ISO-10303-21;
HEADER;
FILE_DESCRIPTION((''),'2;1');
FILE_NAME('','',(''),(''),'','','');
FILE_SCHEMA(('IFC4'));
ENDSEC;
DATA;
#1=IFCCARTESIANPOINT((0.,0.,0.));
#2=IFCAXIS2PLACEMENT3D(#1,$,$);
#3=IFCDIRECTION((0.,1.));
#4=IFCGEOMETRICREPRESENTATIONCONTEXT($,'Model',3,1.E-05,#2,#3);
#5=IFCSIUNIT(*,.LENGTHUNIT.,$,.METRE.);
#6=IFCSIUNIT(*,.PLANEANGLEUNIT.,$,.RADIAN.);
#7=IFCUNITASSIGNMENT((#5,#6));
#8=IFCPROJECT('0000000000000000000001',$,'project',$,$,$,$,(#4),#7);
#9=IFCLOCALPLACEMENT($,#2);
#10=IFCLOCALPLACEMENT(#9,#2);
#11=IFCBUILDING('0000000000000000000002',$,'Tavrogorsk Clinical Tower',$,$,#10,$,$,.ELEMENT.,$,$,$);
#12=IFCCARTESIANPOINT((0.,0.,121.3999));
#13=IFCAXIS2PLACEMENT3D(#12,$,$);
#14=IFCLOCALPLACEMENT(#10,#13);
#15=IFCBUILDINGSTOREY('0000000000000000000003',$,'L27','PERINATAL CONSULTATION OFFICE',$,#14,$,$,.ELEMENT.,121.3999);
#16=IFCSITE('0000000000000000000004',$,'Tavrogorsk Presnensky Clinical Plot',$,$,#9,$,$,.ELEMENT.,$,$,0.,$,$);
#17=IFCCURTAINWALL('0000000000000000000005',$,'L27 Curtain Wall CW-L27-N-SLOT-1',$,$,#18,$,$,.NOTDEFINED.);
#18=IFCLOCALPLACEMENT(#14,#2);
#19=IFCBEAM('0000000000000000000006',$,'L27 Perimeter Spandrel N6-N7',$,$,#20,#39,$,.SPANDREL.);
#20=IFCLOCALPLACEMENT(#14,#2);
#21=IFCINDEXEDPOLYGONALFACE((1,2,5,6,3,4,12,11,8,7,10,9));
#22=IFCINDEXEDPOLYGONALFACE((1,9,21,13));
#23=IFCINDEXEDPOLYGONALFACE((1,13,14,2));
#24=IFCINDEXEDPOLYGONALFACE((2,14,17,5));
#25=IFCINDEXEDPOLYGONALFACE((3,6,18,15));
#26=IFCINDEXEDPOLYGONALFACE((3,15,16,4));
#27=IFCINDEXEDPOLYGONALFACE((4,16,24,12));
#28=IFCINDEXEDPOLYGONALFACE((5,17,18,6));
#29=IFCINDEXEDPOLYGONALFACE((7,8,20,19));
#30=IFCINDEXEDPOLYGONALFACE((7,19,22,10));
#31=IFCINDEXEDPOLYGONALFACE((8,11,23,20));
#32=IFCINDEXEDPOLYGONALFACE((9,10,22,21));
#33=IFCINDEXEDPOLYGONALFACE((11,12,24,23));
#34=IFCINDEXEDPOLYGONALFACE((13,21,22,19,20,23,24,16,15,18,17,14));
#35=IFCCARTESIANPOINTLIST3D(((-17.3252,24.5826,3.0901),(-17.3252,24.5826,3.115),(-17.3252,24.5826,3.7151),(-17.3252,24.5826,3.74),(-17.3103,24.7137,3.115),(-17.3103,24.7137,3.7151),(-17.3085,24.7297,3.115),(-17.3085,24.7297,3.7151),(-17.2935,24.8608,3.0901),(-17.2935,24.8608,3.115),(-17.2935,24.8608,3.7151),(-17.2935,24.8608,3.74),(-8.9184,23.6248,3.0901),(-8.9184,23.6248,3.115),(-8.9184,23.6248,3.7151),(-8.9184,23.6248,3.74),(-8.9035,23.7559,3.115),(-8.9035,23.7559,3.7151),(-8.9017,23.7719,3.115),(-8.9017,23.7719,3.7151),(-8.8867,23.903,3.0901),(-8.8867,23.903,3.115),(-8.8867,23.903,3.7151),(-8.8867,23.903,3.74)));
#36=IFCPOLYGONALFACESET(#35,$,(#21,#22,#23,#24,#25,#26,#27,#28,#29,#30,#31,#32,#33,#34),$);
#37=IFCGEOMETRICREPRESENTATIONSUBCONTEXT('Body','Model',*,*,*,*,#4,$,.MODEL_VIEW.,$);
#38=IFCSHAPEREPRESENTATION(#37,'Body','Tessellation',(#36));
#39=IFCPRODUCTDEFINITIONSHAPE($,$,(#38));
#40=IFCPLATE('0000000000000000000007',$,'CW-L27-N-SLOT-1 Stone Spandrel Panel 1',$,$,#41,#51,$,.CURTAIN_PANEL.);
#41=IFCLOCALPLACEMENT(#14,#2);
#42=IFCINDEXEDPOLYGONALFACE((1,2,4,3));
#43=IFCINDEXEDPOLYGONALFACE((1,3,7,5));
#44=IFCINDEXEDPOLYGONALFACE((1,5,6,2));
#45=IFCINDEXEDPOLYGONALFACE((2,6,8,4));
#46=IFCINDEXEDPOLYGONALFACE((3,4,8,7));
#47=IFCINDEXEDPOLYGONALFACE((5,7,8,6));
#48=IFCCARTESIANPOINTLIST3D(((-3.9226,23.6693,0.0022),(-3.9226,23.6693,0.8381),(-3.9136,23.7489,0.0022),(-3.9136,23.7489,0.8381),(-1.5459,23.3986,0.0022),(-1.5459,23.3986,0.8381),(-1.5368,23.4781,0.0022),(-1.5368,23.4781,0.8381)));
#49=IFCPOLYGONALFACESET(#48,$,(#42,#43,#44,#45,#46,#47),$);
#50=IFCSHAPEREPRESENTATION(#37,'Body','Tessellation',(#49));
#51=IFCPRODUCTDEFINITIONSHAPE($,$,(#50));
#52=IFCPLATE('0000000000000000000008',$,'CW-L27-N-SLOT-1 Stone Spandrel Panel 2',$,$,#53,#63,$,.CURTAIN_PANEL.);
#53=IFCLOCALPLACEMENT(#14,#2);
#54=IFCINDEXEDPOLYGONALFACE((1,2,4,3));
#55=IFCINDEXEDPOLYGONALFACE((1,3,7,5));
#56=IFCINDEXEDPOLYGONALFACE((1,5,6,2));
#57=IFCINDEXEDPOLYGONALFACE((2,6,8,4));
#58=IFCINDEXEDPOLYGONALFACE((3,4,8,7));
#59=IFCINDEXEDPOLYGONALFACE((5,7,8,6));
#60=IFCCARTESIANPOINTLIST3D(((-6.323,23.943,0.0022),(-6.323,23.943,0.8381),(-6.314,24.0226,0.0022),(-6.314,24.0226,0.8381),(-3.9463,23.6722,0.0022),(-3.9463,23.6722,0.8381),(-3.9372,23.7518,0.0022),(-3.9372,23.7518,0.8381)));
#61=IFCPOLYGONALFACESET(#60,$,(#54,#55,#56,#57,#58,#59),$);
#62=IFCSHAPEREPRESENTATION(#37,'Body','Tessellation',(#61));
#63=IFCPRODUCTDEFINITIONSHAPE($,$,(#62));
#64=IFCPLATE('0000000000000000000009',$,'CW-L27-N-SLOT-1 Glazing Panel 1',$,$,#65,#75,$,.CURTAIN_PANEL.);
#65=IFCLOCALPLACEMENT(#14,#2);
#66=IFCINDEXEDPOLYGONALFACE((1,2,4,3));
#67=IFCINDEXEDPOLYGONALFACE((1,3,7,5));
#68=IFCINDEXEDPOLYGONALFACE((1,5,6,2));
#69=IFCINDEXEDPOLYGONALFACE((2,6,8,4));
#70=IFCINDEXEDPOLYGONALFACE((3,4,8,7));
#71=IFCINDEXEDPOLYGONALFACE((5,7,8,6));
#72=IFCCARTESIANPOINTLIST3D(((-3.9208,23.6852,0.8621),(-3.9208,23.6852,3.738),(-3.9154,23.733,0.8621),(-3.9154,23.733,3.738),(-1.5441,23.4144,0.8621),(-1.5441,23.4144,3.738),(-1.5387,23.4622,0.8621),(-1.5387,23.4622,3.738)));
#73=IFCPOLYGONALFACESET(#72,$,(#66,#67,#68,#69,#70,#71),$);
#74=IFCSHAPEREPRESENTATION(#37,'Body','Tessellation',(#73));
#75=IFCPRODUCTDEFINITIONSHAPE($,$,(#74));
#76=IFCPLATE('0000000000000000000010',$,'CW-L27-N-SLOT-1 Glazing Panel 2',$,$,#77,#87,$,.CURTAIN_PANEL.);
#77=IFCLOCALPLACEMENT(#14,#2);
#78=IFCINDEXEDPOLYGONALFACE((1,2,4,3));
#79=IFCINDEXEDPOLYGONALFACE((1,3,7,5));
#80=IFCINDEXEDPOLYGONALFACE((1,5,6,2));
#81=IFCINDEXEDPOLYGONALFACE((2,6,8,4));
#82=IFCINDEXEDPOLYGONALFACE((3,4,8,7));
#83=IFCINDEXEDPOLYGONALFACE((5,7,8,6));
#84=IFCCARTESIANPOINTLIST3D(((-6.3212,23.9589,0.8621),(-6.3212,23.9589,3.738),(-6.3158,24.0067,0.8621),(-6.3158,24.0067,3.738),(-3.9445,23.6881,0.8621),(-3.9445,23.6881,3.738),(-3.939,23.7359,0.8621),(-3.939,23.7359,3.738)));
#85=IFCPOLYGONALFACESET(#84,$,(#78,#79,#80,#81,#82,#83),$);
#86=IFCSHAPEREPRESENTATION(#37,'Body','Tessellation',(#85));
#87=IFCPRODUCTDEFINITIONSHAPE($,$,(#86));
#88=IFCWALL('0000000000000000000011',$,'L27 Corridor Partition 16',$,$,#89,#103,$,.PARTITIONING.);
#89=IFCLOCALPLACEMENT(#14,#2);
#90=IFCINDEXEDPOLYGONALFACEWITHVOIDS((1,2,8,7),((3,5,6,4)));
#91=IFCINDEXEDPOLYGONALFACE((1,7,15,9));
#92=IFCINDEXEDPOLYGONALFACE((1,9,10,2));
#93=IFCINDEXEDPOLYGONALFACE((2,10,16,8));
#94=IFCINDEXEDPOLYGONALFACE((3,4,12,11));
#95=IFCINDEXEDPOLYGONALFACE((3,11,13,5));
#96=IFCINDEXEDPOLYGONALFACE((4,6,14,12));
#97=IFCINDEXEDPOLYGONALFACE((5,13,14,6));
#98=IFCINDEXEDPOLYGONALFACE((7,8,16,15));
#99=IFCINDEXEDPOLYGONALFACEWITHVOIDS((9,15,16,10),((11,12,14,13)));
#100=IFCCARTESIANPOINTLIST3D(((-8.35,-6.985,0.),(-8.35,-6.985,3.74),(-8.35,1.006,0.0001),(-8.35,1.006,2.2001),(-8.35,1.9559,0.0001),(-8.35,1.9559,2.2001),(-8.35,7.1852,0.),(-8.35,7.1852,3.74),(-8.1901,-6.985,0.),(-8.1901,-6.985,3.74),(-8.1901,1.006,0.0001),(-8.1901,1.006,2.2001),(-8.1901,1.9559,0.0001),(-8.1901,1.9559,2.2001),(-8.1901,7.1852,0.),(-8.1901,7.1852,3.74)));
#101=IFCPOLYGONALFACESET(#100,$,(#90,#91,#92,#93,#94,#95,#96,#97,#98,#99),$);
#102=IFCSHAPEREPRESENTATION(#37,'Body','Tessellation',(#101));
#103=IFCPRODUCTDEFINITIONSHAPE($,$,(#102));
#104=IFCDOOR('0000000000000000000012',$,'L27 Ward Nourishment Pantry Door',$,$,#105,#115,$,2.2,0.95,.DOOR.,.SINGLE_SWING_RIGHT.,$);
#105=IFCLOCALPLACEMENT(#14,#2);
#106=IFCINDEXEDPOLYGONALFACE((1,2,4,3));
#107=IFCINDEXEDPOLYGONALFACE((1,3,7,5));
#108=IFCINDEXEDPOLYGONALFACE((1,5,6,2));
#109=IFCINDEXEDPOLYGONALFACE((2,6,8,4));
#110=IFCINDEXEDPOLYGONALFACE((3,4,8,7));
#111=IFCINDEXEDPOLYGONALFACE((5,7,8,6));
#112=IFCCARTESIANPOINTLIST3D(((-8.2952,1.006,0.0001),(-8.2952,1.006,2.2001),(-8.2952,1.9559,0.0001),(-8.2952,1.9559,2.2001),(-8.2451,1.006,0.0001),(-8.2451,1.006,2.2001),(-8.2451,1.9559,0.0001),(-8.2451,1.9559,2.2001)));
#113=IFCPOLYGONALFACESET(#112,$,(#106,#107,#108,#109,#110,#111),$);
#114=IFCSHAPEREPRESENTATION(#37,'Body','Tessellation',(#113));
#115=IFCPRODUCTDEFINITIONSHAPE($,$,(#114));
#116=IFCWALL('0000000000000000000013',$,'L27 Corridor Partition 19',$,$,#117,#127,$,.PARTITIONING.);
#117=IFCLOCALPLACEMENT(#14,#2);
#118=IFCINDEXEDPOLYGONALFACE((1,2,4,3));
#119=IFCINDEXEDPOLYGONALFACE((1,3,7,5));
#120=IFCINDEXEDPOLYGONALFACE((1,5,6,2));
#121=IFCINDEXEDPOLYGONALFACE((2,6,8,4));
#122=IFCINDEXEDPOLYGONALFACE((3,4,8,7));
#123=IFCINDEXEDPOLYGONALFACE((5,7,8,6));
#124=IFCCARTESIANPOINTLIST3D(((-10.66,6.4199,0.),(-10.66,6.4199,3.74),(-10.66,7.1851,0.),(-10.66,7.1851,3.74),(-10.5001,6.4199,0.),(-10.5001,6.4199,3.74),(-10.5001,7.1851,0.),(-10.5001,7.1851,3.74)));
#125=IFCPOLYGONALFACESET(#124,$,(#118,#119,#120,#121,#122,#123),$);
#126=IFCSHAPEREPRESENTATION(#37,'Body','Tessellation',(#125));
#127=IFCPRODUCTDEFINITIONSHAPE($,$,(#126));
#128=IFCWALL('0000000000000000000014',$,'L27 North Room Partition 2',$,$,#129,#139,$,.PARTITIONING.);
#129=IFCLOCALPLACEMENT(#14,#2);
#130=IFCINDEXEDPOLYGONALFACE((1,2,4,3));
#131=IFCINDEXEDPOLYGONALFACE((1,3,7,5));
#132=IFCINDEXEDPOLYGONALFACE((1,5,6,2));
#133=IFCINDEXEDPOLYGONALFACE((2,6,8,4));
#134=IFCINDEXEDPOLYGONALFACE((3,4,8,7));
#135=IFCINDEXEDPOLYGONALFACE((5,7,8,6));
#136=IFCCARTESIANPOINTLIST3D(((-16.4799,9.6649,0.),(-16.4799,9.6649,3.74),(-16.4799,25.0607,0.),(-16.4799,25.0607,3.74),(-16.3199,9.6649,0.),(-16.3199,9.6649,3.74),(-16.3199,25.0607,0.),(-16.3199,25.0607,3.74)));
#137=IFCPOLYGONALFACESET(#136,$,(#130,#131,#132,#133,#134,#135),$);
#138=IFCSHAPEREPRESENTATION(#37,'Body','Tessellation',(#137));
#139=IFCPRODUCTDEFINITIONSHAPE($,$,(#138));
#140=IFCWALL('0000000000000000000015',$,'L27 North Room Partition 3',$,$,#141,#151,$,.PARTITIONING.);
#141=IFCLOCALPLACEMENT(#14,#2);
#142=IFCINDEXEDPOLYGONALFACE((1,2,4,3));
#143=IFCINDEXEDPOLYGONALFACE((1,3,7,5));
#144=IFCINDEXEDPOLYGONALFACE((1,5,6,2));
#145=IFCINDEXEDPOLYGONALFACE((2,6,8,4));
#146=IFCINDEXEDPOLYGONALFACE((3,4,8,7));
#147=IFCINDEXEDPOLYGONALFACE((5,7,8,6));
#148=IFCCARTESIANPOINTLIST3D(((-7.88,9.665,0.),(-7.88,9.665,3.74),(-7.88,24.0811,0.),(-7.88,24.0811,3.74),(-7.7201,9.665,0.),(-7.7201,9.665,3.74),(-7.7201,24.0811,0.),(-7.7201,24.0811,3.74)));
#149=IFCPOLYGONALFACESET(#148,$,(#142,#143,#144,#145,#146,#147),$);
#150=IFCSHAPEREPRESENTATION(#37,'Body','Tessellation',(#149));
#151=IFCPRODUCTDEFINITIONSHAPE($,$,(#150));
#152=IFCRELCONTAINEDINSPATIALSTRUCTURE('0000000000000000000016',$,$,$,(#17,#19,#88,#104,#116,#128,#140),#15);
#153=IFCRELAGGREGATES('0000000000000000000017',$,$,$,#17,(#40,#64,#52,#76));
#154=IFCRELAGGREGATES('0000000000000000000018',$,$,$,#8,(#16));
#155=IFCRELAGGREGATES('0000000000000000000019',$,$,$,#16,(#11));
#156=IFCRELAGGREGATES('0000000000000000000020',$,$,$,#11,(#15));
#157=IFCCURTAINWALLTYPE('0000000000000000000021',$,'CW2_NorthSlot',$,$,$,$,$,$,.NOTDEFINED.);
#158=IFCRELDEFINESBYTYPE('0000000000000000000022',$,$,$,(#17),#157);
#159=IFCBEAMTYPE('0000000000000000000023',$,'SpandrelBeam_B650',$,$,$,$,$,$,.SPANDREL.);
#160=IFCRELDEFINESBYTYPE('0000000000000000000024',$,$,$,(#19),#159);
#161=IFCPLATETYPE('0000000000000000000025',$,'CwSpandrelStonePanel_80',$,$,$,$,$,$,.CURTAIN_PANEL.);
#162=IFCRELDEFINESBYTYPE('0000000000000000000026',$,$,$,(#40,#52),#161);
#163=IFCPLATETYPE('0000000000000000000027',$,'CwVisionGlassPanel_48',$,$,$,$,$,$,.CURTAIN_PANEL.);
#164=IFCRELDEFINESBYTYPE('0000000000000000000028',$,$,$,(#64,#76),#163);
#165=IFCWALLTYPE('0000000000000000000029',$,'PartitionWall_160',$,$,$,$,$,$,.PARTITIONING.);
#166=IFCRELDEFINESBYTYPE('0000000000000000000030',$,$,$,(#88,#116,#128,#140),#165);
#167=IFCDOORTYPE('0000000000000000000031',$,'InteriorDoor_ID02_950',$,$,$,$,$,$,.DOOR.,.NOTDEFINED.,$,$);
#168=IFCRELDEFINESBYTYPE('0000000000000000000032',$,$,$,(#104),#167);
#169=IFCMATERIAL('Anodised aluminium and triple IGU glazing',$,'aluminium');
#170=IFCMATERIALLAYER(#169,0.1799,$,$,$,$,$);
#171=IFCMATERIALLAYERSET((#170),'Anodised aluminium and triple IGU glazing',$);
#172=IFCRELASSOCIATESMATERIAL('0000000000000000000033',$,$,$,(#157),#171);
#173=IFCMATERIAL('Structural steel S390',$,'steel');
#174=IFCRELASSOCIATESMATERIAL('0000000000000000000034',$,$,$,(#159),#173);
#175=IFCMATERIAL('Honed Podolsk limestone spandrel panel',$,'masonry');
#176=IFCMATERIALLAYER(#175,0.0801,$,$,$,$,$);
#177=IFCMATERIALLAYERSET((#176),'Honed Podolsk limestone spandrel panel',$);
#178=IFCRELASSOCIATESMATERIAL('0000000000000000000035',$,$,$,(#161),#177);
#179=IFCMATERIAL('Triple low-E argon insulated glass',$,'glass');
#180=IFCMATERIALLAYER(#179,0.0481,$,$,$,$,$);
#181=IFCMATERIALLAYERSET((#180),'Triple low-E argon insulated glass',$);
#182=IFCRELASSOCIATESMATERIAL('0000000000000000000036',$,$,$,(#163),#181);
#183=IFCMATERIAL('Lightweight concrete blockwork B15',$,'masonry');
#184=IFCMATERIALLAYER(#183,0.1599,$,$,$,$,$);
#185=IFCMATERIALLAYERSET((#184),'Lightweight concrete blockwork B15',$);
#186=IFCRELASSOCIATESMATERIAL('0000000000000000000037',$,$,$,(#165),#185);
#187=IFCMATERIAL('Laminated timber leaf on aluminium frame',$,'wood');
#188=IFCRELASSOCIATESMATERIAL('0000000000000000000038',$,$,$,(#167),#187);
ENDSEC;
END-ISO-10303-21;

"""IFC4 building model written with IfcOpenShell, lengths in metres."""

from ifc_helpers import new_model, si_unit, direction, frame, frame_2d, origin, origin_2d, place, context, subcontext, project, spatial, rectangle, i_section, extrude, material, layer, layer_set, material_profile, profile_set, type_object, element, fill, aggregate, save


model = new_model("IFC4")

# Units and contexts
model_context = context("Model", 3, precision=1e-05, world=origin(), true_north=direction((0.0, 1.0)))
body_context = subcontext(model_context, "Body", "Model", "MODEL_VIEW")
ifc_project = project(units=[si_unit("LENGTHUNIT", "METRE"), si_unit("PLANEANGLEUNIT", "RADIAN")], contexts=[model_context])

# Site, building, storey
site_placement = place(None, origin())
site = spatial("IfcSite", under=ifc_project, at=site_placement, Name="Tavrogorsk Presnensky Clinical Plot", CompositionType="ELEMENT", RefElevation=0.0)
building_placement = place(site_placement, origin())
building = spatial("IfcBuilding", under=site, at=building_placement, Name="Tavrogorsk Clinical Tower", CompositionType="ELEMENT")
storey_placement = place(building_placement, frame((0.0, 0.0, 121.3999)))
storey = spatial("IfcBuildingStorey", under=building, at=storey_placement, Name="L27", Description="PERINATAL CONSULTATION OFFICE", CompositionType="ELEMENT", Elevation=121.3999)

# Curtain wall
ifc_material_1 = material(Name="Anodised aluminium and triple IGU glazing", Category="aluminium")
ifc_layer_1 = layer(ifc_material_1, 0.1799)
ifc_layer_set_1 = layer_set([ifc_layer_1], Name="Anodised aluminium and triple IGU glazing")
curtain_wall_type = type_object("IfcCurtainWallType", Name="CW2_NorthSlot", PredefinedType="NOTDEFINED", material=ifc_layer_set_1)
curtain_wall_placement = place(storey_placement, origin())
curtain_wall = element("IfcCurtainWall", 1, at=curtain_wall_placement, inside=storey, type_object=curtain_wall_type, Name="L27 Curtain Wall CW-L27-N-SLOT-1", PredefinedType="NOTDEFINED")

# Beam
ifc_material_2 = material(Name="Structural steel S390", Category="steel")
ifc_material_profile_1 = material_profile(ifc_material_2, i_section(OverallWidth=0.28, OverallDepth=0.6499, WebThickness=0.0161, FlangeThickness=0.0249, at=origin_2d()), Name="B-650x280x16x25")
ifc_profile_set_1 = profile_set([ifc_material_profile_1], Name="Structural steel S390")
beam_type_1 = type_object("IfcBeamType", Name="SpandrelBeam_B650", PredefinedType="SPANDREL", material=ifc_profile_set_1)
beam_1_placement = place(storey_placement, frame((-8.9026, 23.7639, 3.415), z_axis=(-0.993573, 0.113196, 0.0), x_axis=(-0.113196, -0.993573, 0.0)))
element("IfcBeam", 2, at=beam_1_placement, inside=storey, type_object=beam_type_1, Name="L27 Perimeter Spandrel N6-N7", PredefinedType="SPANDREL", context=body_context, shape_type="SweptSolid", body=[
    extrude(i_section(OverallWidth=0.28, OverallDepth=0.6499, WebThickness=0.0161, FlangeThickness=0.0249, at=origin_2d()), origin(), (0.0, 0.0, 1.0), 8.4612),
])

# Plates
ifc_material_3 = material(Name="Honed Podolsk limestone spandrel panel", Category="masonry")
ifc_layer_2 = layer(ifc_material_3, 0.0801)
ifc_layer_set_2 = layer_set([ifc_layer_2], Name="Honed Podolsk limestone spandrel panel")
plate_type_1 = type_object("IfcPlateType", Name="CwSpandrelStonePanel_80", PredefinedType="CURTAIN_PANEL", material=ifc_layer_set_2)
plate_1_placement = place(storey_placement, frame((-2.7297, 23.5737, 0.0022), z_axis=(0.0, 0.0, 1.0), x_axis=(-0.993572, 0.113203, 0.0)))
plate_1 = element("IfcPlate", 3, at=plate_1_placement, type_object=plate_type_1, Name="CW-L27-N-SLOT-1 Stone Spandrel Panel 1", PredefinedType="CURTAIN_PANEL", context=body_context, shape_type="SweptSolid", body=[
    extrude(rectangle(XDim=2.3921, YDim=0.0801, at=origin_2d()), origin(), (0.0, 0.0, 1.0), 0.8359),
])
plate_2_placement = place(storey_placement, frame((-5.1301, 23.8474, 0.0022), z_axis=(0.0, 0.0, 1.0), x_axis=(-0.993572, 0.113203, 0.0)))
plate_2 = element("IfcPlate", 4, at=plate_2_placement, type_object=plate_type_1, Name="CW-L27-N-SLOT-1 Stone Spandrel Panel 2", PredefinedType="CURTAIN_PANEL", context=body_context, shape_type="SweptSolid", body=[
    extrude(rectangle(XDim=2.3921, YDim=0.0801, at=origin_2d()), origin(), (0.0, 0.0, 1.0), 0.8359),
])
ifc_material_4 = material(Name="Triple low-E argon insulated glass", Category="glass")
ifc_layer_3 = layer(ifc_material_4, 0.0481)
ifc_layer_set_3 = layer_set([ifc_layer_3], Name="Triple low-E argon insulated glass")
plate_type_2 = type_object("IfcPlateType", Name="CwVisionGlassPanel_48", PredefinedType="CURTAIN_PANEL", material=ifc_layer_set_3)
plate_3_placement = place(storey_placement, frame((-2.7297, 23.5737, 0.8621), z_axis=(0.0, 0.0, 1.0), x_axis=(-0.993572, 0.113203, 0.0)))
plate_3 = element("IfcPlate", 5, at=plate_3_placement, type_object=plate_type_2, Name="CW-L27-N-SLOT-1 Glazing Panel 1", PredefinedType="CURTAIN_PANEL", context=body_context, shape_type="SweptSolid", body=[
    extrude(rectangle(XDim=2.3921, YDim=0.0481, at=origin_2d()), origin(), (0.0, 0.0, 1.0), 2.876),
])
plate_4_placement = place(storey_placement, frame((-5.1301, 23.8474, 0.8621), z_axis=(0.0, 0.0, 1.0), x_axis=(-0.993572, 0.113203, 0.0)))
plate_4 = element("IfcPlate", 6, at=plate_4_placement, type_object=plate_type_2, Name="CW-L27-N-SLOT-1 Glazing Panel 2", PredefinedType="CURTAIN_PANEL", context=body_context, shape_type="SweptSolid", body=[
    extrude(rectangle(XDim=2.3921, YDim=0.0481, at=origin_2d()), origin(), (0.0, 0.0, 1.0), 2.876),
])
aggregate(curtain_wall, [plate_1, plate_3, plate_2, plate_4])

# Wall, opening, door
ifc_material_5 = material(Name="Lightweight concrete blockwork B15", Category="masonry")
ifc_layer_4 = layer(ifc_material_5, 0.1599)
ifc_layer_set_4 = layer_set([ifc_layer_4], Name="Lightweight concrete blockwork B15")
wall_type_1 = type_object("IfcWallType", Name="PartitionWall_160", PredefinedType="PARTITIONING", material=ifc_layer_set_4)
wall_1_placement = place(storey_placement, frame((-8.27, 7.1851, 0.0), z_axis=(0.0, 0.0, 1.0), x_axis=(0.0, -1.0, 0.0)))
wall_1 = element("IfcWall", 7, at=wall_1_placement, inside=storey, type_object=wall_type_1, Name="L27 Corridor Partition 16", PredefinedType="PARTITIONING", context=body_context, shape_type="SweptSolid", body=[
    extrude(rectangle(XDim=14.1702, YDim=0.1599, at=frame_2d((7.085, 0.0))), origin(), (0.0, 0.0, 1.0), 3.74),
])
opening_1_placement = place(wall_1_placement, frame((5.229, 0.0, 0.0)))
opening_1 = element("IfcOpeningElement", 8, at=opening_1_placement, cuts=wall_1, PredefinedType="OPENING", context=body_context, shape_type="SweptSolid", body=[
    extrude(rectangle(XDim=0.95, YDim=2.2, at=frame_2d((0.4751, 1.1001))), frame((0.0, 0.0898, 0.0), z_axis=(0.0, -1.0, 0.0), x_axis=(1.0, 0.0, 0.0)), (0.0, 0.0, 1.0), 0.1799),
])
ifc_material_6 = material(Name="Laminated timber leaf on aluminium frame", Category="wood")
door_type = type_object("IfcDoorType", Name="InteriorDoor_ID02_950", OperationType="NOTDEFINED", PredefinedType="DOOR", material=ifc_material_6)
door_placement = place(opening_1_placement, origin())
door = element("IfcDoor", 9, at=door_placement, inside=storey, type_object=door_type, Name="L27 Ward Nourishment Pantry Door", OperationType="SINGLE_SWING_RIGHT", OverallHeight=2.2, OverallWidth=0.95, PredefinedType="DOOR", context=body_context, shape_type="SweptSolid", body=[
    extrude(rectangle(XDim=0.95, YDim=2.2, at=frame_2d((0.4751, 1.1001))), frame((0.0, 0.0249, 0.0), z_axis=(0.0, -1.0, 0.0), x_axis=(1.0, 0.0, 0.0)), (0.0, 0.0, 1.0), 0.05),
])
fill(opening_1, door)

# Walls
wall_2_placement = place(storey_placement, frame((-10.5801, 6.4199, 0.0), z_axis=(0.0, 0.0, 1.0), x_axis=(0.0, 1.0, 0.0)))
element("IfcWall", 10, at=wall_2_placement, inside=storey, type_object=wall_type_1, Name="L27 Corridor Partition 19", PredefinedType="PARTITIONING", context=body_context, shape_type="SweptSolid", body=[
    extrude(rectangle(XDim=0.7651, YDim=0.1599, at=frame_2d((0.3826, 0.0))), origin(), (0.0, 0.0, 1.0), 3.74),
])
wall_3_placement = place(storey_placement, frame((-16.3999, 9.665, 0.0), z_axis=(0.0, 0.0, 1.0), x_axis=(0.0, 1.0, 0.0)))
element("IfcWall", 11, at=wall_3_placement, inside=storey, type_object=wall_type_1, Name="L27 North Room Partition 2", PredefinedType="PARTITIONING", context=body_context, shape_type="SweptSolid", body=[
    extrude(rectangle(XDim=15.3958, YDim=0.1599, at=frame_2d((7.6978, 0.0))), origin(), (0.0, 0.0, 1.0), 3.74),
])
wall_4_placement = place(storey_placement, frame((-7.8, 9.665, 0.0), z_axis=(0.0, 0.0, 1.0), x_axis=(0.0, 1.0, 0.0)))
element("IfcWall", 12, at=wall_4_placement, inside=storey, type_object=wall_type_1, Name="L27 North Room Partition 3", PredefinedType="PARTITIONING", context=body_context, shape_type="SweptSolid", body=[
    extrude(rectangle(XDim=14.416, YDim=0.1599, at=frame_2d((7.208, 0.0))), origin(), (0.0, 0.0, 1.0), 3.74),
])

save(model, "model.ifc")
